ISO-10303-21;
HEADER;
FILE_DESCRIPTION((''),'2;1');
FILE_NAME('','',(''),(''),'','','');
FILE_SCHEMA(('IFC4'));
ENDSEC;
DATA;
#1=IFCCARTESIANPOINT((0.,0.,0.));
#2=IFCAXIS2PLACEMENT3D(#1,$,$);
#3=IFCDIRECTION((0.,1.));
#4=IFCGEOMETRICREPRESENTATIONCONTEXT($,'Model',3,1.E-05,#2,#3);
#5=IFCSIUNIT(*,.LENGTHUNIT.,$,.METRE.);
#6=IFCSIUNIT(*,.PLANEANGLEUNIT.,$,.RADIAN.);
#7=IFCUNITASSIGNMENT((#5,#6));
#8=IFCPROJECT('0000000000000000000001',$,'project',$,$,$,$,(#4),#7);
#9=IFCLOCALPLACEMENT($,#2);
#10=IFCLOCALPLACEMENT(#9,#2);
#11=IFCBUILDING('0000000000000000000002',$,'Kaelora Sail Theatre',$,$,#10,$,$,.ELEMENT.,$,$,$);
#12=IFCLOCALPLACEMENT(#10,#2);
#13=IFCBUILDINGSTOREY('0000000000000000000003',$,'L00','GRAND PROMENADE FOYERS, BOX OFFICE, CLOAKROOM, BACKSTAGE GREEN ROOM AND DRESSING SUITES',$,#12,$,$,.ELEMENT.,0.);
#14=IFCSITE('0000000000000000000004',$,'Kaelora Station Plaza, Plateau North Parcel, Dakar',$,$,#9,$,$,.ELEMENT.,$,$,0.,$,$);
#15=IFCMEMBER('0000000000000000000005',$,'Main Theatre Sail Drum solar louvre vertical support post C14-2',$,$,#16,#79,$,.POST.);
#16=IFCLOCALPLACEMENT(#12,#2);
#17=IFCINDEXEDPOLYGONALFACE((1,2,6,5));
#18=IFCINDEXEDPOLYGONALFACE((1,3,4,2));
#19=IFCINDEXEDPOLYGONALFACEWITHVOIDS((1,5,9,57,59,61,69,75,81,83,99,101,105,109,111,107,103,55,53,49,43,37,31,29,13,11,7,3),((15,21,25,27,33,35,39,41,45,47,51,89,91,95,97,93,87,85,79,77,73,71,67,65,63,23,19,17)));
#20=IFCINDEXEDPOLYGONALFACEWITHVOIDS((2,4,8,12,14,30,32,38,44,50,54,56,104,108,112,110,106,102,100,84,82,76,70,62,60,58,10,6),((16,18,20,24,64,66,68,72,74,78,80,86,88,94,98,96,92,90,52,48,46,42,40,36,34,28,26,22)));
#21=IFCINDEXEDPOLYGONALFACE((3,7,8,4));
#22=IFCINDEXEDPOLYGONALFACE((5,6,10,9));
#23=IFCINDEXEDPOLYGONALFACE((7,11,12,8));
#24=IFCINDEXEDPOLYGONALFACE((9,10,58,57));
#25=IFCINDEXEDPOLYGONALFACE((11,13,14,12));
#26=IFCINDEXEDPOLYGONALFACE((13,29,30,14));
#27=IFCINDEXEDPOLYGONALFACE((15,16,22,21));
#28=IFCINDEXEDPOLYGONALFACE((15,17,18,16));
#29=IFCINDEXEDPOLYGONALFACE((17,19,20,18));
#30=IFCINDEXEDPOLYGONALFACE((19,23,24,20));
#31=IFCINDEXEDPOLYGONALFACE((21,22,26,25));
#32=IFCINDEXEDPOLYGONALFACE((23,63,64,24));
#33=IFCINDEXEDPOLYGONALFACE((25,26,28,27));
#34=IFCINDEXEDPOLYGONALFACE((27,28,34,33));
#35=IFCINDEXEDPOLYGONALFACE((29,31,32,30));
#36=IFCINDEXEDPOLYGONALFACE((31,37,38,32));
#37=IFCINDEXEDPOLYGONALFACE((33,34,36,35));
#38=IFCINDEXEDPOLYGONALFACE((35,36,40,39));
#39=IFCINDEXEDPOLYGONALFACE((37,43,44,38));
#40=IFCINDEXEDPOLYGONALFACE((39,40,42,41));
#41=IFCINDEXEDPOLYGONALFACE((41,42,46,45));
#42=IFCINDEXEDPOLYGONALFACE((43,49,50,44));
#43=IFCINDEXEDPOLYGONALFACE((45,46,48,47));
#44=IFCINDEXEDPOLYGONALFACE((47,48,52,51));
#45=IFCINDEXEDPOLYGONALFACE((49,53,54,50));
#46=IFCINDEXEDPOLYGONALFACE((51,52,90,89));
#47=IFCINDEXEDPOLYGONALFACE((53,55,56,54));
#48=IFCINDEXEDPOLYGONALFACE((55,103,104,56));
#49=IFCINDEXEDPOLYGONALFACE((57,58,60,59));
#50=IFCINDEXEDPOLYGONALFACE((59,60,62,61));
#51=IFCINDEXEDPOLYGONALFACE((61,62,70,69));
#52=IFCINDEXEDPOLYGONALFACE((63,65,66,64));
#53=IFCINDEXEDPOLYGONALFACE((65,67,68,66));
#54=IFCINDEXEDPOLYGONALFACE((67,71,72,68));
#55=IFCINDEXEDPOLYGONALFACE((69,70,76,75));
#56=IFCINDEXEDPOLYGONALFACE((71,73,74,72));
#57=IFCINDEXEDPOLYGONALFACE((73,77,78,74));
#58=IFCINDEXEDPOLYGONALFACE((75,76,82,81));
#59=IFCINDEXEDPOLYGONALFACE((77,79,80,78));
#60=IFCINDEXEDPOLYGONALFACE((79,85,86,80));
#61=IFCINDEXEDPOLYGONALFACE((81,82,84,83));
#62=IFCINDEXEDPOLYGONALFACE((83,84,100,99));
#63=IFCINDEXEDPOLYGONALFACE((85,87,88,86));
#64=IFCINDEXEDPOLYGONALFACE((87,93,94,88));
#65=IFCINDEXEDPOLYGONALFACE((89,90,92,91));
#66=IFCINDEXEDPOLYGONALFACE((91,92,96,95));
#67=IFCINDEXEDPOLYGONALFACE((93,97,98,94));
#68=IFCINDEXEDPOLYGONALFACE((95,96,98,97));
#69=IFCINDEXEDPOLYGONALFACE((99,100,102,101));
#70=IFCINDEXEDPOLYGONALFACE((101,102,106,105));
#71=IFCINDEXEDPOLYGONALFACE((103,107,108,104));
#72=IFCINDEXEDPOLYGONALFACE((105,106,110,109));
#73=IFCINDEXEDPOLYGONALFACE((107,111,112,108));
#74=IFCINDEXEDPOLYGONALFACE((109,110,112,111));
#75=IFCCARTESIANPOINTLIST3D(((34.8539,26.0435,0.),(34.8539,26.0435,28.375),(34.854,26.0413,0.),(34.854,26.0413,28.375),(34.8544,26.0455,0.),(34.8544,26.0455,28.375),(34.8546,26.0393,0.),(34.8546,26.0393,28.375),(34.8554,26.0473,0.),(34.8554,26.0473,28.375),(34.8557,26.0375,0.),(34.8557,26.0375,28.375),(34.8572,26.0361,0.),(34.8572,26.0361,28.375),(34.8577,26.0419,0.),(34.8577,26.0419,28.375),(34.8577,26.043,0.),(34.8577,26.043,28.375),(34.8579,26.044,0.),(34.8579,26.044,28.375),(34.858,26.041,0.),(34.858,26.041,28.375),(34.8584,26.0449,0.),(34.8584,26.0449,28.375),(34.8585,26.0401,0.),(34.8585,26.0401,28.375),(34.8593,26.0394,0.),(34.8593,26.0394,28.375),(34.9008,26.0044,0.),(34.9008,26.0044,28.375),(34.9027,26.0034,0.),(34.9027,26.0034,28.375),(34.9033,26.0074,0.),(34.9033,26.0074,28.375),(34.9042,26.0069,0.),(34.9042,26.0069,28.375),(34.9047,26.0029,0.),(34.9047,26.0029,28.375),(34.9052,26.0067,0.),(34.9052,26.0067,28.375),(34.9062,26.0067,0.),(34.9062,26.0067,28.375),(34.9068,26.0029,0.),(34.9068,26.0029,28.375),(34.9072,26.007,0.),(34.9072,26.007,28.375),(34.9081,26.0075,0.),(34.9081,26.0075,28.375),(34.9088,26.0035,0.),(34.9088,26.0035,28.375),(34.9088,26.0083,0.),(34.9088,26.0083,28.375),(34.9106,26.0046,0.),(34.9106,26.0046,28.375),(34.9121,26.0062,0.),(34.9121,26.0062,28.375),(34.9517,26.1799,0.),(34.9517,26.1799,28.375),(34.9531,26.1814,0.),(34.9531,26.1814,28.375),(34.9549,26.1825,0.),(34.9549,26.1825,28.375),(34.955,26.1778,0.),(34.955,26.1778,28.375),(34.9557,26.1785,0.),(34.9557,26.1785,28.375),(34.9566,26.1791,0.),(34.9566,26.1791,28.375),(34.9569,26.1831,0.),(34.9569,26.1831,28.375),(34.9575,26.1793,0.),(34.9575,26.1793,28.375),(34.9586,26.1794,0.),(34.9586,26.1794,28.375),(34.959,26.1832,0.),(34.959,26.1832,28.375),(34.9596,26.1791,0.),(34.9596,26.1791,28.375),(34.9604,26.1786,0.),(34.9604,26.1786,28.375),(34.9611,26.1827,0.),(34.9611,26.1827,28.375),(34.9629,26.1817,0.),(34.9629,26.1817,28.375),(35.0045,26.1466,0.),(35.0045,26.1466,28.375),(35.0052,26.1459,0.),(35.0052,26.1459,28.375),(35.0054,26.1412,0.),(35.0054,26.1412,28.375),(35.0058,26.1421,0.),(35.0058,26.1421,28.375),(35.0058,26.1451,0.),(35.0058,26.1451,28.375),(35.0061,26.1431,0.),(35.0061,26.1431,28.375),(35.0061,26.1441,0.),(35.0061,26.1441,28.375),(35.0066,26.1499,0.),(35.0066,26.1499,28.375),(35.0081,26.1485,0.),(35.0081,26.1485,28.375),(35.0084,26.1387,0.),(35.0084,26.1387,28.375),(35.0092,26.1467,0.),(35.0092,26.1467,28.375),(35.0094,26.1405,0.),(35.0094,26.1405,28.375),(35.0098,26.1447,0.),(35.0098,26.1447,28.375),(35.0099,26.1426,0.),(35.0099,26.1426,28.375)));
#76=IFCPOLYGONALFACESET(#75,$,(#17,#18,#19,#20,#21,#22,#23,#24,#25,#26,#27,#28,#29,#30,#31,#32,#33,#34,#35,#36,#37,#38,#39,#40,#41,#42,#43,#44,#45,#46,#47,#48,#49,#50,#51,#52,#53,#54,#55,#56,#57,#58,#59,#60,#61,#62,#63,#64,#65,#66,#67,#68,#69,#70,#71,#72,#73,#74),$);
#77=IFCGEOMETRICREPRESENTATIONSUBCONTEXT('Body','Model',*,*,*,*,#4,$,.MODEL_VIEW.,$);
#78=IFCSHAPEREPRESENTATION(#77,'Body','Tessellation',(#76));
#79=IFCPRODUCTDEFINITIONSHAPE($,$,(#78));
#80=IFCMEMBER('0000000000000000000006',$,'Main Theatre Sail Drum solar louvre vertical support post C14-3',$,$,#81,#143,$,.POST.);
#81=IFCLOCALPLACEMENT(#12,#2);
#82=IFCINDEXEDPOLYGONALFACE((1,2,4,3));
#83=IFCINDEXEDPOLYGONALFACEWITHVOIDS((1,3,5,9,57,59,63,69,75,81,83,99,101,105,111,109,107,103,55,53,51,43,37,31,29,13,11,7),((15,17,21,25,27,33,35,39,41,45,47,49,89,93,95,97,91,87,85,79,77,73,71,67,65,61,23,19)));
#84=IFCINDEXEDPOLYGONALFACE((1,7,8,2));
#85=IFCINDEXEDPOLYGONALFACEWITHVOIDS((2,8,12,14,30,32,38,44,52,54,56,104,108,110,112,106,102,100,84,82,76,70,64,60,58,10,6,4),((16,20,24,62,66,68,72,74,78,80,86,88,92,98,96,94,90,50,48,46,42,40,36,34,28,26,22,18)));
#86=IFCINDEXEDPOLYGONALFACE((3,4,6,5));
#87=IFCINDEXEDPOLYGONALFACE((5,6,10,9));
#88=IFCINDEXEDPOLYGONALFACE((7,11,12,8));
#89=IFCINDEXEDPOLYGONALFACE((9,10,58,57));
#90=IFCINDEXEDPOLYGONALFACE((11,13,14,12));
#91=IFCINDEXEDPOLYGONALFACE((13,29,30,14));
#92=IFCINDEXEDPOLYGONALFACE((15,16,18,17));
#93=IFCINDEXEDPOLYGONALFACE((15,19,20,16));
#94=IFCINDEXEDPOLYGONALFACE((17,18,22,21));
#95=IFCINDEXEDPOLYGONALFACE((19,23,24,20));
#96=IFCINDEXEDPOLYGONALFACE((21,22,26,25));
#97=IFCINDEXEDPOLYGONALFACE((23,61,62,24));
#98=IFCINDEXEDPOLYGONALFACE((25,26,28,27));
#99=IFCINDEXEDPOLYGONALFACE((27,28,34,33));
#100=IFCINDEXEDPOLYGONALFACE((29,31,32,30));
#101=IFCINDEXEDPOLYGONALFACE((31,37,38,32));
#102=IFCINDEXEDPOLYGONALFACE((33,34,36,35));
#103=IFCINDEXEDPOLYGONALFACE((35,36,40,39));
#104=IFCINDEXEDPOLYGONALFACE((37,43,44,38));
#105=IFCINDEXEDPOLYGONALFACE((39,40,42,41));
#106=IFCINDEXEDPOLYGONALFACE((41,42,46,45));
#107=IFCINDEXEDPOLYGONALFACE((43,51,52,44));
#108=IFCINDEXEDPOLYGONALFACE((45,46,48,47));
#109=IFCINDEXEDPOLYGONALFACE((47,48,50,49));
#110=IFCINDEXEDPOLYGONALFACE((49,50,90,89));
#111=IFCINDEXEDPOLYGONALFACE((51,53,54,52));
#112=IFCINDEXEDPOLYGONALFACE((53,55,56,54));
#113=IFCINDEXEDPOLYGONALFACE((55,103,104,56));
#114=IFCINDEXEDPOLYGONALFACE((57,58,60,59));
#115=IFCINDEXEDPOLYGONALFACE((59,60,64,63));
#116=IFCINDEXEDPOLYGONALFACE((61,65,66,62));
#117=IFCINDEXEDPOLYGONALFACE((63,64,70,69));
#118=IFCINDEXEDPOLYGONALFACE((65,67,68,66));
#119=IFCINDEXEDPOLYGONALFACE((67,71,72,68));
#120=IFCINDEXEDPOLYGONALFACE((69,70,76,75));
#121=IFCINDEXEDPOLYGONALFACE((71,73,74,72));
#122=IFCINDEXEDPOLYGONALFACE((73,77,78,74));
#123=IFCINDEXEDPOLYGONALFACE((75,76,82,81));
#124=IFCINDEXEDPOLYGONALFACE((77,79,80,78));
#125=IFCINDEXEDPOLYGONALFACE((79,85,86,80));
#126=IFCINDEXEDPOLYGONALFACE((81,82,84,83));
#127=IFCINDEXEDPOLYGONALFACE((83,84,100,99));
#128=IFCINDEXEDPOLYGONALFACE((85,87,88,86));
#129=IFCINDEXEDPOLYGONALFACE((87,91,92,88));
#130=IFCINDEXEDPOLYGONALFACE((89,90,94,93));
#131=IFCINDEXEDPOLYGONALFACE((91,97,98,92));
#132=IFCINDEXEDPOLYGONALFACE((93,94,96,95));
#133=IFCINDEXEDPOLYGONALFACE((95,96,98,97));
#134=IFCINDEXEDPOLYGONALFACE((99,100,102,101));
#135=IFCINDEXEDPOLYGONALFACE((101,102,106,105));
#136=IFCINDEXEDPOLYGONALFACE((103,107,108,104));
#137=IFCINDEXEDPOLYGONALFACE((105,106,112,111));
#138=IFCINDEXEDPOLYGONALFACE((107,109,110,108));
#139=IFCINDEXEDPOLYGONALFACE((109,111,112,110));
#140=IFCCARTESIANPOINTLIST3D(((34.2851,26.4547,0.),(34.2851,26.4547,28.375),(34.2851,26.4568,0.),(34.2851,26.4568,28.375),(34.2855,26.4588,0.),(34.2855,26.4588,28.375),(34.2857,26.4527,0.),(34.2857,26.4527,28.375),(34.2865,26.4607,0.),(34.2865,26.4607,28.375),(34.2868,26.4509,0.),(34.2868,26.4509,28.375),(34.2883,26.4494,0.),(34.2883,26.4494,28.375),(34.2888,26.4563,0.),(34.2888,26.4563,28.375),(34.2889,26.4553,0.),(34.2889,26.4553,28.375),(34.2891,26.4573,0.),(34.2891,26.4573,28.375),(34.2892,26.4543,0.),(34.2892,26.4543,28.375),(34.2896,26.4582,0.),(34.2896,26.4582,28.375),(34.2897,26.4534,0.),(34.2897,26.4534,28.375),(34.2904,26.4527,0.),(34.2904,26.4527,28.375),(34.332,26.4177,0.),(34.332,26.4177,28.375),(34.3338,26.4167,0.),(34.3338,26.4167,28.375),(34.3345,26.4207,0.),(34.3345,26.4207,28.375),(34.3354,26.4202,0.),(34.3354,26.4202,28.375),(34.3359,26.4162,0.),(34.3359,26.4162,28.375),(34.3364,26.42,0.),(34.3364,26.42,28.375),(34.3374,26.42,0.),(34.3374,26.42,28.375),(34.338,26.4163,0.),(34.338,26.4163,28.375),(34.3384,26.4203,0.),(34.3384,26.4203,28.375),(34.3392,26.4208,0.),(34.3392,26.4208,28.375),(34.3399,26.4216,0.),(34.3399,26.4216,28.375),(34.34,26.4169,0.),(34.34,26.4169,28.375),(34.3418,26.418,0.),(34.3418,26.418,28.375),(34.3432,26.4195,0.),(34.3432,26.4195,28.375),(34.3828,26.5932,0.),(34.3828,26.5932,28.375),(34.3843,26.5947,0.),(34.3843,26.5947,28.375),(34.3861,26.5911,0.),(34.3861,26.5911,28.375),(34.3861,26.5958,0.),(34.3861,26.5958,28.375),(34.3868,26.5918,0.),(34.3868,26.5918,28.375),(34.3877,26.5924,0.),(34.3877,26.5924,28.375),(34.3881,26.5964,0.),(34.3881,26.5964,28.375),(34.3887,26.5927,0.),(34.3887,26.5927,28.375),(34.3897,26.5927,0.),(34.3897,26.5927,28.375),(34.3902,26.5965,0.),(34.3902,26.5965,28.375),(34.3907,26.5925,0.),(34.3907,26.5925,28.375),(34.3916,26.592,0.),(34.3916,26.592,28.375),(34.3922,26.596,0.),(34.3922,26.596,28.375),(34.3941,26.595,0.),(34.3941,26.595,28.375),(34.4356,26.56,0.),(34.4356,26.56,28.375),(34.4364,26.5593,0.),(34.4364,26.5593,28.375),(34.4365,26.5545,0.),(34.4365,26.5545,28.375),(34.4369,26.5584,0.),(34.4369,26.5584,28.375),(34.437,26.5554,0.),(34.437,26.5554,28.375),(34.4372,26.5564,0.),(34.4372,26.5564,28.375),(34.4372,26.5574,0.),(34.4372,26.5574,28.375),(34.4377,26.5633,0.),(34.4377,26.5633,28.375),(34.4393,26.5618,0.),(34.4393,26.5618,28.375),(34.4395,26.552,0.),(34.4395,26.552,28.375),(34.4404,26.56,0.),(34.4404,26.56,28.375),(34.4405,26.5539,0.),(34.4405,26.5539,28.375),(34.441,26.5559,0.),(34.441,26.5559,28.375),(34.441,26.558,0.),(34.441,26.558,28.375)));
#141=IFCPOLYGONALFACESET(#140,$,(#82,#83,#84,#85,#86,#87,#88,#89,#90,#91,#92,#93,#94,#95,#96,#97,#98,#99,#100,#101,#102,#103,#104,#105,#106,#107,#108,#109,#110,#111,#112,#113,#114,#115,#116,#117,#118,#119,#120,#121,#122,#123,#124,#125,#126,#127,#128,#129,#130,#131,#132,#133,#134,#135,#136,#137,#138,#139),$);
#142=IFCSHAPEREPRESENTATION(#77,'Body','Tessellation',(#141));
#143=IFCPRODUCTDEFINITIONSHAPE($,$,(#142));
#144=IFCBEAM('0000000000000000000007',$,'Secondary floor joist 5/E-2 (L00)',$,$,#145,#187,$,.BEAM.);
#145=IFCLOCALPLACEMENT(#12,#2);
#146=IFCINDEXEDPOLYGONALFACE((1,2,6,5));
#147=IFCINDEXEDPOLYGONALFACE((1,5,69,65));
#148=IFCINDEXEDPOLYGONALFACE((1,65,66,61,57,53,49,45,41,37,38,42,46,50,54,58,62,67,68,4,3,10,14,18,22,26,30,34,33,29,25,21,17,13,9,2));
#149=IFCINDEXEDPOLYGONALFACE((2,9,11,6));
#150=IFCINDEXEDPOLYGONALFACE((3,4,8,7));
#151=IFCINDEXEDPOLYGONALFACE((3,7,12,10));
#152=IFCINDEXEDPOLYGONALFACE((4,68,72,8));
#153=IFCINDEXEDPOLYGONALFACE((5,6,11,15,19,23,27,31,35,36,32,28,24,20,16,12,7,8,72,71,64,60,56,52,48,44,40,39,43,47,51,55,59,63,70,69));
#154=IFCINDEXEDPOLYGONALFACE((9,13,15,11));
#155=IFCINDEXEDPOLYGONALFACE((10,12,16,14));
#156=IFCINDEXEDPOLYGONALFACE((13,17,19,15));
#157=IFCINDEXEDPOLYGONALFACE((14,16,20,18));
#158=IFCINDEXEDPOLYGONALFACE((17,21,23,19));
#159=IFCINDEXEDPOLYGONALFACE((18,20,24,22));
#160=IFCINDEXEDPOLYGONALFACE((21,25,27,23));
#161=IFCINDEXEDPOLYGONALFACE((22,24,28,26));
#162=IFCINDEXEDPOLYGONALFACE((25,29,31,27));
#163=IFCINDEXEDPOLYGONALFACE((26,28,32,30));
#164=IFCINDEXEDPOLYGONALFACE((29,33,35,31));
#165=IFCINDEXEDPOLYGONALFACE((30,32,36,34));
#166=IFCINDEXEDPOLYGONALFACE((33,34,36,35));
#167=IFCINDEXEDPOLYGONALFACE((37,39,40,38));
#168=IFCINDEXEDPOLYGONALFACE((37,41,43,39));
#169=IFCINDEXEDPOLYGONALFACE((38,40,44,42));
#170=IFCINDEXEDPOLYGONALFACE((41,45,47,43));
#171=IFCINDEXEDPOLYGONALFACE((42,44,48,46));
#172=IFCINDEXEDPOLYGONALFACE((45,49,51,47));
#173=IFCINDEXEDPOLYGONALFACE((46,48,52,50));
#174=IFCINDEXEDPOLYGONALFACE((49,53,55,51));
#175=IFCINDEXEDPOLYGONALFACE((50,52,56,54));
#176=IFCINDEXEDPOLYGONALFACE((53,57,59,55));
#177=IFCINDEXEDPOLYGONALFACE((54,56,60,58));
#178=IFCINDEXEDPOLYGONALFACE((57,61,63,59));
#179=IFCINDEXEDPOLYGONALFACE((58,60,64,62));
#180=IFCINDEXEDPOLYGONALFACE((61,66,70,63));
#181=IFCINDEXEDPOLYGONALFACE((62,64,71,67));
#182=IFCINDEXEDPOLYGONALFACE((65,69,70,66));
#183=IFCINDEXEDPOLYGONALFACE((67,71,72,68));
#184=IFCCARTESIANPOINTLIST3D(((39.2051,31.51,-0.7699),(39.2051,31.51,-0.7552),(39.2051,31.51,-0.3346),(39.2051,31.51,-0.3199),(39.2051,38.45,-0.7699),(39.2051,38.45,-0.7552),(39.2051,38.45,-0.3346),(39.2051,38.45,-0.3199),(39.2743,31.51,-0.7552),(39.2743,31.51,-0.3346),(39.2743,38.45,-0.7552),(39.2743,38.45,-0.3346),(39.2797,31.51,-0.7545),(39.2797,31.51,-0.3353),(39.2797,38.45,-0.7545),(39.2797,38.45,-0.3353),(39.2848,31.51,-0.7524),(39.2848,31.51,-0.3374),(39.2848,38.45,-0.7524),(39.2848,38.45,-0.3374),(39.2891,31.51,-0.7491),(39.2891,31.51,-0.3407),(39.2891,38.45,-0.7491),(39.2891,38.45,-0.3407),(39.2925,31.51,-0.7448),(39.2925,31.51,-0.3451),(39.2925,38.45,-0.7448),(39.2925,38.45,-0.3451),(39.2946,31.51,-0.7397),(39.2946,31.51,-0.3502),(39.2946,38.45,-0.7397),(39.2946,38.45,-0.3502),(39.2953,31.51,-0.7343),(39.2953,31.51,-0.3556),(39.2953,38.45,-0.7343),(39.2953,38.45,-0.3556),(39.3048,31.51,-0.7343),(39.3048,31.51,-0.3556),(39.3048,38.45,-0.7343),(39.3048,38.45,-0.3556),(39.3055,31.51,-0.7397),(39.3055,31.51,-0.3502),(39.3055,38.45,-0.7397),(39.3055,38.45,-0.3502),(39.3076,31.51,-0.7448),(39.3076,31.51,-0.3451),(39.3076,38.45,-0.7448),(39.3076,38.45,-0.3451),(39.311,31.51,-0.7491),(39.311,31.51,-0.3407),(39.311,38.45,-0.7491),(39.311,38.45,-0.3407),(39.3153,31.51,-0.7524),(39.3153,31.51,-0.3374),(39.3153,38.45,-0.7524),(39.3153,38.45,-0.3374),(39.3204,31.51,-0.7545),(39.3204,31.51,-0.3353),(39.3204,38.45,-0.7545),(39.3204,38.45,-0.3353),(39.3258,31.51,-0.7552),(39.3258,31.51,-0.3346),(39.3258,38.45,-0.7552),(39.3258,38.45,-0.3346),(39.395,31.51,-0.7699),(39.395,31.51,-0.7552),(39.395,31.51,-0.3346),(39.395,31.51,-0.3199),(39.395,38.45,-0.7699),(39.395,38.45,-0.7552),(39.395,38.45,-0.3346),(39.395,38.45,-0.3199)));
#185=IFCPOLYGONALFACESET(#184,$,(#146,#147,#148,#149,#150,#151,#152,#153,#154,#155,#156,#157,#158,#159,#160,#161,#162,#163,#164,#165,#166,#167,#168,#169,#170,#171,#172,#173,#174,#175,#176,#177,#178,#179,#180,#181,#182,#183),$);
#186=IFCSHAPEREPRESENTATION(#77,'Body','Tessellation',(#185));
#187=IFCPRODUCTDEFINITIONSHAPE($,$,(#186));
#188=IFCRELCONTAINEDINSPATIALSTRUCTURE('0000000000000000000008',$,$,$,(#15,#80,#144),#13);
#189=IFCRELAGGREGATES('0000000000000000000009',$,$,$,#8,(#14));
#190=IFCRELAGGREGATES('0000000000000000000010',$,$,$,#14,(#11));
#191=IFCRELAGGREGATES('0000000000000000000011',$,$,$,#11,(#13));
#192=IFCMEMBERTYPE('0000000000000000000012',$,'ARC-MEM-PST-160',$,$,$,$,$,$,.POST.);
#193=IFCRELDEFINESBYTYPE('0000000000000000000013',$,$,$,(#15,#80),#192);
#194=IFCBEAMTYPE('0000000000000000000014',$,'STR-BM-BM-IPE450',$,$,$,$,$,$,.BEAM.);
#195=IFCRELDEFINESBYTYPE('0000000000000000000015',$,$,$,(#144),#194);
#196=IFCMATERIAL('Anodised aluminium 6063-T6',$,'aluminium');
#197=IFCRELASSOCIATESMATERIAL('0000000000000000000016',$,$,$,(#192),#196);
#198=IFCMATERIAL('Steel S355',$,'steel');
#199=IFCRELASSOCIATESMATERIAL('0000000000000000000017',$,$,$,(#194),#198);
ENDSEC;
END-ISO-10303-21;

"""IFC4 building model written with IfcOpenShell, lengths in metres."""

from ifc_helpers import new_model, si_unit, direction, frame, origin, origin_2d, place, context, subcontext, project, spatial, hollow_rectangle, i_section, extrude, material, material_profile, profile_set, type_object, element, save


model = new_model("IFC4")

# Units and contexts
model_context = context("Model", 3, precision=1e-05, world=origin(), true_north=direction((0.0, 1.0)))
body_context = subcontext(model_context, "Body", "Model", "MODEL_VIEW")
ifc_project = project(units=[si_unit("LENGTHUNIT", "METRE"), si_unit("PLANEANGLEUNIT", "RADIAN")], contexts=[model_context])

# Site, building, storey
site_placement = place(None, origin())
site = spatial("IfcSite", under=ifc_project, at=site_placement, Name="Kaelora Station Plaza, Plateau North Parcel, Dakar", CompositionType="ELEMENT", RefElevation=0.0)
building_placement = place(site_placement, origin())
building = spatial("IfcBuilding", under=site, at=building_placement, Name="Kaelora Sail Theatre", CompositionType="ELEMENT")
storey_placement = place(building_placement, origin())
storey = spatial("IfcBuildingStorey", under=building, at=storey_placement, Name="L00", Description="GRAND PROMENADE FOYERS, BOX OFFICE, CLOAKROOM, BACKSTAGE GREEN ROOM AND DRESSING SUITES", CompositionType="ELEMENT", Elevation=0.0)

# Members
ifc_material_1 = material(Name="Anodised aluminium 6063-T6", Category="aluminium")
ifc_material_profile_1 = material_profile(ifc_material_1, hollow_rectangle(XDim=0.0701, YDim=0.1799, WallThickness=0.0039, InnerFilletRadius=0.0039, OuterFilletRadius=0.0081, at=origin_2d()), Name="ALU-MULL 70x180x4")
ifc_profile_set_1 = profile_set([ifc_material_profile_1], Name="Anodised aluminium 6063-T6")
member_type_1 = type_object("IfcMemberType", Name="ARC-MEM-PST-160", PredefinedType="POST", material=ifc_profile_set_1)
for number, where, z_axis, x_axis, name in (
    (1, (34.9319, 26.093, 0.0), (0.0, 0.0, 1.0), (-0.809017, 0.587785, 0.0), "Main Theatre Sail Drum solar louvre vertical support post C14-2"),
    (2, (34.363, 26.5063, 0.0), (0.0, 0.0, 1.0), (-0.809017, 0.587785, 0.0), "Main Theatre Sail Drum solar louvre vertical support post C14-3"),
):
    element("IfcMember", number, at=place(storey_placement, frame(where, z_axis=z_axis, x_axis=x_axis)), inside=storey, type_object=member_type_1, Name=name, PredefinedType="POST", context=body_context, shape_type="SweptSolid", body=[
        extrude(hollow_rectangle(XDim=0.0701, YDim=0.1799, WallThickness=0.0039, InnerFilletRadius=0.0039, OuterFilletRadius=0.0081, at=origin_2d()), origin(), (0.0, 0.0, 1.0), 28.375),
    ])

# Beam
ifc_material_2 = material(Name="Steel S355", Category="steel")
ifc_material_profile_2 = material_profile(ifc_material_2, i_section(OverallWidth=0.1899, OverallDepth=0.45, WebThickness=0.0095, FlangeThickness=0.0146, FilletRadius=0.021, at=origin_2d()), Name="IPE 450")
ifc_profile_set_2 = profile_set([ifc_material_profile_2], Name="Steel S355")
beam_type_1 = type_object("IfcBeamType", Name="STR-BM-BM-IPE450", PredefinedType="BEAM", material=ifc_profile_set_2)
beam_1_placement = place(storey_placement, frame((39.3, 31.51, -0.5449), z_axis=(0.0, 1.0, 0.0), x_axis=(-1.0, 0.0, 0.0)))
element("IfcBeam", 3, at=beam_1_placement, inside=storey, type_object=beam_type_1, Name="Secondary floor joist 5/E-2 (L00)", PredefinedType="BEAM", context=body_context, shape_type="SweptSolid", body=[
    extrude(i_section(OverallWidth=0.1899, OverallDepth=0.45, WebThickness=0.0095, FlangeThickness=0.0146, FilletRadius=0.021, at=origin_2d()), origin(), (0.0, 0.0, 1.0), 6.9399),
])

save(model, "model.ifc")
